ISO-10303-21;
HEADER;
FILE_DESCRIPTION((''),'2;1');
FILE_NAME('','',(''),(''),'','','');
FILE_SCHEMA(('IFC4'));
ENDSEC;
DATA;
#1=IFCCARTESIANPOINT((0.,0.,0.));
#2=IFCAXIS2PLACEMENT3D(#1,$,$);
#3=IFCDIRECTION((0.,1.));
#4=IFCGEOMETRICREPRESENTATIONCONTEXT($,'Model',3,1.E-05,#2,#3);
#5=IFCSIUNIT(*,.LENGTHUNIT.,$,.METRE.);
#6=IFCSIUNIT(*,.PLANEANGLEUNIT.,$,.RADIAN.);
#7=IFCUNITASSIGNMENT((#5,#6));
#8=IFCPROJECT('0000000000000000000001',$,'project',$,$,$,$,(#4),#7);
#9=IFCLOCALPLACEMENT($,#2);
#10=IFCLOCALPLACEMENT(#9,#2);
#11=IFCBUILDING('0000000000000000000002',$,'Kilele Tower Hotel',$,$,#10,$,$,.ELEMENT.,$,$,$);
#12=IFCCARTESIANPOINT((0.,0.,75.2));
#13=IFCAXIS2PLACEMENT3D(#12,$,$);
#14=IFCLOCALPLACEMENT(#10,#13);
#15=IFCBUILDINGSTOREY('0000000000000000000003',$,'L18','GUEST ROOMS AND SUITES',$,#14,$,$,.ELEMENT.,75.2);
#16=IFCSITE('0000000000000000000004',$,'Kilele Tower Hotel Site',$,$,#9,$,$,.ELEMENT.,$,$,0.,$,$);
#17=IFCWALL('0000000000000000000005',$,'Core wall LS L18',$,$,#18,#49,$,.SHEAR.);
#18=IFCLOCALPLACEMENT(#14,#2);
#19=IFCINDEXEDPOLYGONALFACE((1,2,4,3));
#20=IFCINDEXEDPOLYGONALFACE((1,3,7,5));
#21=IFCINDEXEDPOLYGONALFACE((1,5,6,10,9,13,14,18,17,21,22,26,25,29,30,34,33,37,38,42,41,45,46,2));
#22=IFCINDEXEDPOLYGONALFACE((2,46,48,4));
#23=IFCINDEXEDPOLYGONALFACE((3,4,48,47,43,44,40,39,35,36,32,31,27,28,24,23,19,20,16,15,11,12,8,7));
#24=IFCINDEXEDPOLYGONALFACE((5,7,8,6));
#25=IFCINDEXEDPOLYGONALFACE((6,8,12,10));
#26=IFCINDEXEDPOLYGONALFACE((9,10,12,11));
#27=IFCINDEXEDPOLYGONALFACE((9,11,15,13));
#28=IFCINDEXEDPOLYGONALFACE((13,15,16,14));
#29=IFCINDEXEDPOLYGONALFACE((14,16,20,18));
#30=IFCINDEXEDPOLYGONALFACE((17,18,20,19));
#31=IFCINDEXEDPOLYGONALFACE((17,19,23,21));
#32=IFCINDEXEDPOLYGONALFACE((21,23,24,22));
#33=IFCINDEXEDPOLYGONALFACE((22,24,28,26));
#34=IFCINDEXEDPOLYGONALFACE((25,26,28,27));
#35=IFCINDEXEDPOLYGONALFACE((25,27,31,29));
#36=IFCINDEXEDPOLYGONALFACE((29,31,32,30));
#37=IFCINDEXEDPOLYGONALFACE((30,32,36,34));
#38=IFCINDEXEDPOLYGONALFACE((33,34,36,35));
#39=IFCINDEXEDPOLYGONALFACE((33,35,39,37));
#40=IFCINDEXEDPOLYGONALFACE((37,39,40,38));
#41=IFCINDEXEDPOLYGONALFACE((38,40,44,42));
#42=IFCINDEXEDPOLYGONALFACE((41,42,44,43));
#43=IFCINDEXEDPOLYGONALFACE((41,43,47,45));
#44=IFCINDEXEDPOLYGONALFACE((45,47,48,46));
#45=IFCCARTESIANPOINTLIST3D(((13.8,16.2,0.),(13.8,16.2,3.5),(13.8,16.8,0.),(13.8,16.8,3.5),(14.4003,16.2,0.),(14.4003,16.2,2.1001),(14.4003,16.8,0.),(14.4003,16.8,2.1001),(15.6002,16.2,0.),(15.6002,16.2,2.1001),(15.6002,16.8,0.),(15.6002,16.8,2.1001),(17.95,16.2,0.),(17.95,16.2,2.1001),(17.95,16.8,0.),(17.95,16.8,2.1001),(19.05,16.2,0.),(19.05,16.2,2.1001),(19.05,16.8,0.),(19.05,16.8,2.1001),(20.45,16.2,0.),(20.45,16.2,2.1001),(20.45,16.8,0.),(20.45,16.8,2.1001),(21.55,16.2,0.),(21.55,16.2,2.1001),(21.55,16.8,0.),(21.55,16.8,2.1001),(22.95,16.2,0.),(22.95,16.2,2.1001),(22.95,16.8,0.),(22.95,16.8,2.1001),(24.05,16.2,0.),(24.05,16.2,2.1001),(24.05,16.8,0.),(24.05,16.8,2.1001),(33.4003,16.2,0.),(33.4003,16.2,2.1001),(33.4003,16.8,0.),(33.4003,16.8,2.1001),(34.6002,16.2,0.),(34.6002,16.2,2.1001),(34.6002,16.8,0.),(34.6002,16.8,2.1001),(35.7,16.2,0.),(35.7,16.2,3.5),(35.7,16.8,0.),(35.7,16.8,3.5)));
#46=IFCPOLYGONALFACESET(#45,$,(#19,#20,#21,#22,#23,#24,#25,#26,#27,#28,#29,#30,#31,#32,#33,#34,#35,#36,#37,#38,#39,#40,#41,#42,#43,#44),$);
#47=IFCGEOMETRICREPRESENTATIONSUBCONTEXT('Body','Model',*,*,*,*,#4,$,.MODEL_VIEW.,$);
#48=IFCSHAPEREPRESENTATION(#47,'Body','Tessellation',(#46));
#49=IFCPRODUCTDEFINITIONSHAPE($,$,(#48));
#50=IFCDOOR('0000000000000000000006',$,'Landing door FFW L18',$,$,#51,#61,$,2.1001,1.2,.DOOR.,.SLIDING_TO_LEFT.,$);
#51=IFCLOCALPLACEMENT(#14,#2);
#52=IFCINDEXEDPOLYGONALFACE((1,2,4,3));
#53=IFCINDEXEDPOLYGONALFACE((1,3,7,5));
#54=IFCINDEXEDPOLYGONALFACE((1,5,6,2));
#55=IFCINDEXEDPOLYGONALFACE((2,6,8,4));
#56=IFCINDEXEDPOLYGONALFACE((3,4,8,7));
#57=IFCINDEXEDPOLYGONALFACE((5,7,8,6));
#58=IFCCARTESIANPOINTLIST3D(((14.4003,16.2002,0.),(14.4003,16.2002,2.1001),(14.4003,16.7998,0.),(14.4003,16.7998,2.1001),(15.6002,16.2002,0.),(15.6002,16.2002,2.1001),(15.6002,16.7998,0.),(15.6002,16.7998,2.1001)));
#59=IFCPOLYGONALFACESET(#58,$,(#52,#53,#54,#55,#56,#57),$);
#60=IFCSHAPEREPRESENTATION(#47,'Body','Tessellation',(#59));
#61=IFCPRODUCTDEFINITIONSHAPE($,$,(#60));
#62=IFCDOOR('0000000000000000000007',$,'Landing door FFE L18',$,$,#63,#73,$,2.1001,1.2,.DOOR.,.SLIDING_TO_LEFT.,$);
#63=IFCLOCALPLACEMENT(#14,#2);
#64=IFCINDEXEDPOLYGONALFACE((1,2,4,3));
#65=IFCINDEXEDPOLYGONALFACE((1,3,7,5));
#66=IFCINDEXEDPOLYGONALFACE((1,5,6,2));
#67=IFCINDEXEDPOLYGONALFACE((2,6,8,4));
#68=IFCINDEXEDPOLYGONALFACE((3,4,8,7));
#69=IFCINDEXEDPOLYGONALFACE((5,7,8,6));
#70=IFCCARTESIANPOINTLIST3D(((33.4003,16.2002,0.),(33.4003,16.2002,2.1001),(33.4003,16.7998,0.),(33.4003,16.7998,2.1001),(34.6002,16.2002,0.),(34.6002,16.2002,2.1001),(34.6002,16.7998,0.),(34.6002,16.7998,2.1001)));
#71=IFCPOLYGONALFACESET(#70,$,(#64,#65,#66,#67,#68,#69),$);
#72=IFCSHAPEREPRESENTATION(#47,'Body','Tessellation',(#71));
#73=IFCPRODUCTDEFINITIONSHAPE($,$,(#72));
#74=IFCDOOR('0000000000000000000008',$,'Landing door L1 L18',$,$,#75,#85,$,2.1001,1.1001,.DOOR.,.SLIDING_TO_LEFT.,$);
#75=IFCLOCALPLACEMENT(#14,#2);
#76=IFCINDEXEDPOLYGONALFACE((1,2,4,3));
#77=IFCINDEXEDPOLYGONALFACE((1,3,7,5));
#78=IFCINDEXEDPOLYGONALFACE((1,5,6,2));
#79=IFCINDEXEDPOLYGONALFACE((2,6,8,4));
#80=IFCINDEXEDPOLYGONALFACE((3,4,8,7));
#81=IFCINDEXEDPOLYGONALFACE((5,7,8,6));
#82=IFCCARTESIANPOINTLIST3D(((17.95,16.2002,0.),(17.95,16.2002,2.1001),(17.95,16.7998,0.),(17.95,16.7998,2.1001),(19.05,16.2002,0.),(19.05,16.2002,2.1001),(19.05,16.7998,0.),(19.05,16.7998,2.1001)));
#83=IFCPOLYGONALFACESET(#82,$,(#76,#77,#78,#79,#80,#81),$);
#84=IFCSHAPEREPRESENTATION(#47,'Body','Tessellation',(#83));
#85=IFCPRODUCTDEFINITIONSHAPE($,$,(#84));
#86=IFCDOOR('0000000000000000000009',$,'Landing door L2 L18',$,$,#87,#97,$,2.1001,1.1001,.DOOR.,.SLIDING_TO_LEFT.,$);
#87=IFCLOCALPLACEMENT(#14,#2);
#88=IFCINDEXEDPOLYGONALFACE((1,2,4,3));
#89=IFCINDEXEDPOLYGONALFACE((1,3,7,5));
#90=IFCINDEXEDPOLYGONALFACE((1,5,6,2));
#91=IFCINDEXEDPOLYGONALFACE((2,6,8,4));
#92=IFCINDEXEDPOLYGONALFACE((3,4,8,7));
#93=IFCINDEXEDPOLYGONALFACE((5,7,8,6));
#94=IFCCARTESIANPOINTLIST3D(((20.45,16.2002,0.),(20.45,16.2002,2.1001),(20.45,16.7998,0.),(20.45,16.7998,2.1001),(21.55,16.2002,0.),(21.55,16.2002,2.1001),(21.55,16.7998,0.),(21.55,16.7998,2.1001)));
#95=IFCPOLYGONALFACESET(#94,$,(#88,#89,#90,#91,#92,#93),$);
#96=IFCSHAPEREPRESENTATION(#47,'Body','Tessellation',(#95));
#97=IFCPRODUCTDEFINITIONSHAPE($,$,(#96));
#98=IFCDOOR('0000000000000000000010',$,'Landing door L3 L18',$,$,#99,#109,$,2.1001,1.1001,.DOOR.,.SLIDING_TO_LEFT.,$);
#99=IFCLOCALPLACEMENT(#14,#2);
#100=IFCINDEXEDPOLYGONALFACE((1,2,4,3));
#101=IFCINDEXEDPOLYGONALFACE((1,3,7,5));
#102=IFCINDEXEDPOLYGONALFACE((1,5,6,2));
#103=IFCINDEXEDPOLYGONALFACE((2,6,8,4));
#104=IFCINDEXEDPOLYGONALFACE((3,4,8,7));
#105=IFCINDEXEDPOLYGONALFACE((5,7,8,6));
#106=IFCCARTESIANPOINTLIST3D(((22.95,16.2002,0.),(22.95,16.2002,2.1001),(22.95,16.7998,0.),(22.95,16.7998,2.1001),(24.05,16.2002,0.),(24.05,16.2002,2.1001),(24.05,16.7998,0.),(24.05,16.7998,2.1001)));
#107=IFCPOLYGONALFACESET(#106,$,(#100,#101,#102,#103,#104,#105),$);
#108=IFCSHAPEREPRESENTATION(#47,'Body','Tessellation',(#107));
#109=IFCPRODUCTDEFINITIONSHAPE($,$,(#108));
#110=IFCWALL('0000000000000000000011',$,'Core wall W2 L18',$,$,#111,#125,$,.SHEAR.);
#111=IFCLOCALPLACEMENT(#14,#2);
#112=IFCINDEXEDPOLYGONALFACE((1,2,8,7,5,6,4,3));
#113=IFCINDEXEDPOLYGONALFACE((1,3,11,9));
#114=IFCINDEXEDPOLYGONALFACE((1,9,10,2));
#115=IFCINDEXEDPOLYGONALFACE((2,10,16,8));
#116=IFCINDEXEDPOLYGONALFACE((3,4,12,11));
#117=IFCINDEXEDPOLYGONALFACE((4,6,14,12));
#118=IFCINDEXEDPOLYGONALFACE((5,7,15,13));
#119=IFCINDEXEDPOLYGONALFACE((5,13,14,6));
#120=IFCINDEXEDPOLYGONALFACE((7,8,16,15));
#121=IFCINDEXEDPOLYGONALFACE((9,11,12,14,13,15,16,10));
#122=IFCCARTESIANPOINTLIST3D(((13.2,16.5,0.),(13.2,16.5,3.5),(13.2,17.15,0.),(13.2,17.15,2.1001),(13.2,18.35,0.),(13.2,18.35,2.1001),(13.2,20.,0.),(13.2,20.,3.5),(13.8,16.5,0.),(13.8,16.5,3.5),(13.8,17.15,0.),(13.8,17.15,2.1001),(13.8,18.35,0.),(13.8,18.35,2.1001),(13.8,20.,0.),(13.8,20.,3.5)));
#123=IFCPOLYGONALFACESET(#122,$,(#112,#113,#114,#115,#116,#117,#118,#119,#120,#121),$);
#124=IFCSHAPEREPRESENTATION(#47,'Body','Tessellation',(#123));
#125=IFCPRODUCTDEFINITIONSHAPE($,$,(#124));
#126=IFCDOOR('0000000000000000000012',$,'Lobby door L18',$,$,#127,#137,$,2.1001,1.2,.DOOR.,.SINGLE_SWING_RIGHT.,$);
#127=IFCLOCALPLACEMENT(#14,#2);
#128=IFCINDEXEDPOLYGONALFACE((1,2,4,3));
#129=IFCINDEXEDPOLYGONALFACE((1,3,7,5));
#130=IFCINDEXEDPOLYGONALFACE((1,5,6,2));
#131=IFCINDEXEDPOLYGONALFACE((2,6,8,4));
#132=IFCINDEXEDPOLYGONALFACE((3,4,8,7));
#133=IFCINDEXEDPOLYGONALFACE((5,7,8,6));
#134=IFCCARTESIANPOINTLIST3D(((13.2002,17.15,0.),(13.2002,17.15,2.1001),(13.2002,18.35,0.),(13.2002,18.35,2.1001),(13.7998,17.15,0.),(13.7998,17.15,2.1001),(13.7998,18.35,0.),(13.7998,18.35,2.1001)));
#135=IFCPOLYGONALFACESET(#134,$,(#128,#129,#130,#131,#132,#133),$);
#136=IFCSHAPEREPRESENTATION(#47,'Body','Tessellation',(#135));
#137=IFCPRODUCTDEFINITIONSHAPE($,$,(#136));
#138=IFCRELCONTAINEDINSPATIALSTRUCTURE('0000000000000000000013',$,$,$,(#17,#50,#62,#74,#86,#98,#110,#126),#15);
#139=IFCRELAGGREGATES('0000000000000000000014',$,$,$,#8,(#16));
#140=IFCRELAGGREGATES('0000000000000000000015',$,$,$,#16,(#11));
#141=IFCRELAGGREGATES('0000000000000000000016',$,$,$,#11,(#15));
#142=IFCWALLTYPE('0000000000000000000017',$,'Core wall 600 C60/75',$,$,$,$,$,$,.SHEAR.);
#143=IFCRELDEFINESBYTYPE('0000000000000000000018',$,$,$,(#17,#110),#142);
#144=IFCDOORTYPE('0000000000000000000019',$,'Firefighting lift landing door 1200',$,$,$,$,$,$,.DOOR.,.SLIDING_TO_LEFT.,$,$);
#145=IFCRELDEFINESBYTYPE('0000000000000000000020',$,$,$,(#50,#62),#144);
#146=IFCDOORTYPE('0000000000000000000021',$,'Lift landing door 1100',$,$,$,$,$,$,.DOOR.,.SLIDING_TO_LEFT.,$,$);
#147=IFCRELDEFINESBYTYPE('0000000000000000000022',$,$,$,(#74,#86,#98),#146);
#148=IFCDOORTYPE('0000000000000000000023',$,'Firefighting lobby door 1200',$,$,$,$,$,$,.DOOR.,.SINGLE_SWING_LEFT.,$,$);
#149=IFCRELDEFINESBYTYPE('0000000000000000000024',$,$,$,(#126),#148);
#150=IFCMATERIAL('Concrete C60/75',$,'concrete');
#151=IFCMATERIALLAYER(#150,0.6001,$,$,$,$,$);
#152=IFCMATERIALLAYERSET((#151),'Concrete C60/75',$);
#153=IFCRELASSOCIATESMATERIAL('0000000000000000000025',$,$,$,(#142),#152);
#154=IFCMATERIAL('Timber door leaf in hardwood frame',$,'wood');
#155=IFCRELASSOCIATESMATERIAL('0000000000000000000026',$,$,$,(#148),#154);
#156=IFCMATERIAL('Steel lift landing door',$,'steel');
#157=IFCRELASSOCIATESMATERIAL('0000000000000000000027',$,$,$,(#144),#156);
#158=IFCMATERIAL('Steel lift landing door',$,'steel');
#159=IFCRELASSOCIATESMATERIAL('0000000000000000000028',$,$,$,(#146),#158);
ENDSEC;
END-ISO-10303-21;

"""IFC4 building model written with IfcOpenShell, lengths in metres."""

from ifc_helpers import new_model, si_unit, direction, frame, frame_2d, origin, place, context, subcontext, project, spatial, rectangle, extrude, material, layer, layer_set, type_object, element, fill, save


model = new_model("IFC4")

# Units and contexts
model_context = context("Model", 3, precision=1e-05, world=origin(), true_north=direction((0.0, 1.0)))
body_context = subcontext(model_context, "Body", "Model", "MODEL_VIEW")
ifc_project = project(units=[si_unit("LENGTHUNIT", "METRE"), si_unit("PLANEANGLEUNIT", "RADIAN")], contexts=[model_context])

# Site, building, storey
site_placement = place(None, origin())
site = spatial("IfcSite", under=ifc_project, at=site_placement, Name="Kilele Tower Hotel Site", CompositionType="ELEMENT", RefElevation=0.0)
building_placement = place(site_placement, origin())
building = spatial("IfcBuilding", under=site, at=building_placement, Name="Kilele Tower Hotel", CompositionType="ELEMENT")
storey_placement = place(building_placement, frame((0.0, 0.0, 75.2)))
storey = spatial("IfcBuildingStorey", under=building, at=storey_placement, Name="L18", Description="GUEST ROOMS AND SUITES", CompositionType="ELEMENT", Elevation=75.2)

# Shared definitions
ifc_material_1 = material(Name="Concrete C60/75", Category="concrete")
ifc_layer_1 = layer(ifc_material_1, 0.6001)
ifc_layer_set_1 = layer_set([ifc_layer_1], Name="Concrete C60/75")
wall_type_1 = type_object("IfcWallType", Name="Core wall 600 C60/75", PredefinedType="SHEAR", material=ifc_layer_set_1)
ifc_material_2 = material(Name="Timber door leaf in hardwood frame", Category="wood")
door_type_1 = type_object("IfcDoorType", Name="Firefighting lobby door 1200", OperationType="SINGLE_SWING_LEFT", PredefinedType="DOOR", material=ifc_material_2)

# Wall, openings, doors
wall_1_placement = place(storey_placement, frame((13.8, 16.5, 0.0), z_axis=(0.0, 0.0, 1.0), x_axis=(1.0, 0.0, 0.0)))
wall_1 = element("IfcWall", 1, at=wall_1_placement, inside=storey, type_object=wall_type_1, Name="Core wall LS L18", PredefinedType="SHEAR", context=body_context, shape_type="SweptSolid", body=[
    extrude(rectangle(XDim=21.8999, YDim=0.6001, at=frame_2d((10.95, 0.0))), origin(), (0.0, 0.0, 1.0), 3.5),
])
opening_1_placement = place(wall_1_placement, frame((4.1499, 0.0, 0.0)))
opening_1 = element("IfcOpeningElement", 2, at=opening_1_placement, cuts=wall_1, PredefinedType="OPENING", context=body_context, shape_type="SweptSolid", body=[
    extrude(rectangle(XDim=1.1001, YDim=2.1001, at=frame_2d((0.55, 1.05))), frame((0.0, 0.3101, 0.0), z_axis=(0.0, -1.0, 0.0), x_axis=(1.0, 0.0, 0.0)), (0.0, 0.0, 1.0), 0.6201),
])
opening_2_placement = place(wall_1_placement, frame((6.6499, 0.0, 0.0)))
opening_2 = element("IfcOpeningElement", 3, at=opening_2_placement, cuts=wall_1, PredefinedType="OPENING", context=body_context, shape_type="SweptSolid", body=[
    extrude(rectangle(XDim=1.1001, YDim=2.1001, at=frame_2d((0.55, 1.05))), frame((0.0, 0.3101, 0.0), z_axis=(0.0, -1.0, 0.0), x_axis=(1.0, 0.0, 0.0)), (0.0, 0.0, 1.0), 0.6201),
])
opening_3_placement = place(wall_1_placement, frame((9.1499, 0.0, 0.0)))
opening_3 = element("IfcOpeningElement", 4, at=opening_3_placement, cuts=wall_1, PredefinedType="OPENING", context=body_context, shape_type="SweptSolid", body=[
    extrude(rectangle(XDim=1.1001, YDim=2.1001, at=frame_2d((0.55, 1.05))), frame((0.0, 0.3101, 0.0), z_axis=(0.0, -1.0, 0.0), x_axis=(1.0, 0.0, 0.0)), (0.0, 0.0, 1.0), 0.6201),
])
opening_4_placement = place(wall_1_placement, frame((0.6001, 0.0, 0.0)))
opening_4 = element("IfcOpeningElement", 5, at=opening_4_placement, cuts=wall_1, PredefinedType="OPENING", context=body_context, shape_type="SweptSolid", body=[
    extrude(rectangle(XDim=1.2, YDim=2.1001, at=frame_2d((0.6001, 1.05))), frame((0.0, 0.3101, 0.0), z_axis=(0.0, -1.0, 0.0), x_axis=(1.0, 0.0, 0.0)), (0.0, 0.0, 1.0), 0.6201),
])
opening_5_placement = place(wall_1_placement, frame((19.6001, 0.0, 0.0)))
opening_5 = element("IfcOpeningElement", 6, at=opening_5_placement, cuts=wall_1, PredefinedType="OPENING", context=body_context, shape_type="SweptSolid", body=[
    extrude(rectangle(XDim=1.2, YDim=2.1001, at=frame_2d((0.6001, 1.05))), frame((0.0, 0.3101, 0.0), z_axis=(0.0, -1.0, 0.0), x_axis=(1.0, 0.0, 0.0)), (0.0, 0.0, 1.0), 0.6201),
])
ifc_material_3 = material(Name="Steel lift landing door", Category="steel")
door_type_2 = type_object("IfcDoorType", Name="Firefighting lift landing door 1200", OperationType="SLIDING_TO_LEFT", PredefinedType="DOOR", material=ifc_material_3)
door_1_placement = place(opening_4_placement, origin())
door_1 = element("IfcDoor", 7, at=door_1_placement, inside=storey, type_object=door_type_2, Name="Landing door FFW L18", OperationType="SLIDING_TO_LEFT", OverallHeight=2.1001, OverallWidth=1.2, PredefinedType="DOOR", context=body_context, shape_type="SweptSolid", body=[
    extrude(rectangle(XDim=1.2, YDim=2.1001, at=frame_2d((0.6001, 1.05))), frame((0.0, 0.2998, 0.0), z_axis=(0.0, -1.0, 0.0), x_axis=(1.0, 0.0, 0.0)), (0.0, 0.0, 1.0), 0.5996),
])
fill(opening_4, door_1)
door_2_placement = place(opening_5_placement, origin())
door_2 = element("IfcDoor", 8, at=door_2_placement, inside=storey, type_object=door_type_2, Name="Landing door FFE L18", OperationType="SLIDING_TO_LEFT", OverallHeight=2.1001, OverallWidth=1.2, PredefinedType="DOOR", context=body_context, shape_type="SweptSolid", body=[
    extrude(rectangle(XDim=1.2, YDim=2.1001, at=frame_2d((0.6001, 1.05))), frame((0.0, 0.2998, 0.0), z_axis=(0.0, -1.0, 0.0), x_axis=(1.0, 0.0, 0.0)), (0.0, 0.0, 1.0), 0.5996),
])
fill(opening_5, door_2)
ifc_material_4 = material(Name="Steel lift landing door", Category="steel")
door_type_3 = type_object("IfcDoorType", Name="Lift landing door 1100", OperationType="SLIDING_TO_LEFT", PredefinedType="DOOR", material=ifc_material_4)
door_3_placement = place(opening_1_placement, origin())
door_3 = element("IfcDoor", 9, at=door_3_placement, inside=storey, type_object=door_type_3, Name="Landing door L1 L18", OperationType="SLIDING_TO_LEFT", OverallHeight=2.1001, OverallWidth=1.1001, PredefinedType="DOOR", context=body_context, shape_type="SweptSolid", body=[
    extrude(rectangle(XDim=1.1001, YDim=2.1001, at=frame_2d((0.55, 1.05))), frame((0.0, 0.2998, 0.0), z_axis=(0.0, -1.0, 0.0), x_axis=(1.0, 0.0, 0.0)), (0.0, 0.0, 1.0), 0.5996),
])
fill(opening_1, door_3)
door_4_placement = place(opening_2_placement, origin())
door_4 = element("IfcDoor", 10, at=door_4_placement, inside=storey, type_object=door_type_3, Name="Landing door L2 L18", OperationType="SLIDING_TO_LEFT", OverallHeight=2.1001, OverallWidth=1.1001, PredefinedType="DOOR", context=body_context, shape_type="SweptSolid", body=[
    extrude(rectangle(XDim=1.1001, YDim=2.1001, at=frame_2d((0.55, 1.05))), frame((0.0, 0.2998, 0.0), z_axis=(0.0, -1.0, 0.0), x_axis=(1.0, 0.0, 0.0)), (0.0, 0.0, 1.0), 0.5996),
])
fill(opening_2, door_4)
door_5_placement = place(opening_3_placement, origin())
door_5 = element("IfcDoor", 11, at=door_5_placement, inside=storey, type_object=door_type_3, Name="Landing door L3 L18", OperationType="SLIDING_TO_LEFT", OverallHeight=2.1001, OverallWidth=1.1001, PredefinedType="DOOR", context=body_context, shape_type="SweptSolid", body=[
    extrude(rectangle(XDim=1.1001, YDim=2.1001, at=frame_2d((0.55, 1.05))), frame((0.0, 0.2998, 0.0), z_axis=(0.0, -1.0, 0.0), x_axis=(1.0, 0.0, 0.0)), (0.0, 0.0, 1.0), 0.5996),
])
fill(opening_3, door_5)

# Wall, opening, door
wall_2_placement = place(storey_placement, frame((13.5, 20.0, 0.0), z_axis=(0.0, 0.0, 1.0), x_axis=(0.0, -1.0, 0.0)))
wall_2 = element("IfcWall", 12, at=wall_2_placement, inside=storey, type_object=wall_type_1, Name="Core wall W2 L18", PredefinedType="SHEAR", context=body_context, shape_type="SweptSolid", body=[
    extrude(rectangle(XDim=3.5, YDim=0.6001, at=frame_2d((1.75, 0.0))), origin(), (0.0, 0.0, 1.0), 3.5),
])
opening_6_placement = place(wall_2_placement, frame((1.6499, 0.0, 0.0)))
opening_6 = element("IfcOpeningElement", 13, at=opening_6_placement, cuts=wall_2, PredefinedType="OPENING", context=body_context, shape_type="SweptSolid", body=[
    extrude(rectangle(XDim=1.2, YDim=2.1001, at=frame_2d((0.6001, 1.05))), frame((0.0, 0.3101, 0.0), z_axis=(0.0, -1.0, 0.0), x_axis=(1.0, 0.0, 0.0)), (0.0, 0.0, 1.0), 0.6201),
])
door_6_placement = place(opening_6_placement, origin())
door_6 = element("IfcDoor", 14, at=door_6_placement, inside=storey, type_object=door_type_1, Name="Lobby door L18", OperationType="SINGLE_SWING_RIGHT", OverallHeight=2.1001, OverallWidth=1.2, PredefinedType="DOOR", context=body_context, shape_type="SweptSolid", body=[
    extrude(rectangle(XDim=1.2, YDim=2.1001, at=frame_2d((0.6001, 1.05))), frame((0.0, 0.2998, 0.0), z_axis=(0.0, -1.0, 0.0), x_axis=(1.0, 0.0, 0.0)), (0.0, 0.0, 1.0), 0.5996),
])
fill(opening_6, door_6)

save(model, "model.ifc")
